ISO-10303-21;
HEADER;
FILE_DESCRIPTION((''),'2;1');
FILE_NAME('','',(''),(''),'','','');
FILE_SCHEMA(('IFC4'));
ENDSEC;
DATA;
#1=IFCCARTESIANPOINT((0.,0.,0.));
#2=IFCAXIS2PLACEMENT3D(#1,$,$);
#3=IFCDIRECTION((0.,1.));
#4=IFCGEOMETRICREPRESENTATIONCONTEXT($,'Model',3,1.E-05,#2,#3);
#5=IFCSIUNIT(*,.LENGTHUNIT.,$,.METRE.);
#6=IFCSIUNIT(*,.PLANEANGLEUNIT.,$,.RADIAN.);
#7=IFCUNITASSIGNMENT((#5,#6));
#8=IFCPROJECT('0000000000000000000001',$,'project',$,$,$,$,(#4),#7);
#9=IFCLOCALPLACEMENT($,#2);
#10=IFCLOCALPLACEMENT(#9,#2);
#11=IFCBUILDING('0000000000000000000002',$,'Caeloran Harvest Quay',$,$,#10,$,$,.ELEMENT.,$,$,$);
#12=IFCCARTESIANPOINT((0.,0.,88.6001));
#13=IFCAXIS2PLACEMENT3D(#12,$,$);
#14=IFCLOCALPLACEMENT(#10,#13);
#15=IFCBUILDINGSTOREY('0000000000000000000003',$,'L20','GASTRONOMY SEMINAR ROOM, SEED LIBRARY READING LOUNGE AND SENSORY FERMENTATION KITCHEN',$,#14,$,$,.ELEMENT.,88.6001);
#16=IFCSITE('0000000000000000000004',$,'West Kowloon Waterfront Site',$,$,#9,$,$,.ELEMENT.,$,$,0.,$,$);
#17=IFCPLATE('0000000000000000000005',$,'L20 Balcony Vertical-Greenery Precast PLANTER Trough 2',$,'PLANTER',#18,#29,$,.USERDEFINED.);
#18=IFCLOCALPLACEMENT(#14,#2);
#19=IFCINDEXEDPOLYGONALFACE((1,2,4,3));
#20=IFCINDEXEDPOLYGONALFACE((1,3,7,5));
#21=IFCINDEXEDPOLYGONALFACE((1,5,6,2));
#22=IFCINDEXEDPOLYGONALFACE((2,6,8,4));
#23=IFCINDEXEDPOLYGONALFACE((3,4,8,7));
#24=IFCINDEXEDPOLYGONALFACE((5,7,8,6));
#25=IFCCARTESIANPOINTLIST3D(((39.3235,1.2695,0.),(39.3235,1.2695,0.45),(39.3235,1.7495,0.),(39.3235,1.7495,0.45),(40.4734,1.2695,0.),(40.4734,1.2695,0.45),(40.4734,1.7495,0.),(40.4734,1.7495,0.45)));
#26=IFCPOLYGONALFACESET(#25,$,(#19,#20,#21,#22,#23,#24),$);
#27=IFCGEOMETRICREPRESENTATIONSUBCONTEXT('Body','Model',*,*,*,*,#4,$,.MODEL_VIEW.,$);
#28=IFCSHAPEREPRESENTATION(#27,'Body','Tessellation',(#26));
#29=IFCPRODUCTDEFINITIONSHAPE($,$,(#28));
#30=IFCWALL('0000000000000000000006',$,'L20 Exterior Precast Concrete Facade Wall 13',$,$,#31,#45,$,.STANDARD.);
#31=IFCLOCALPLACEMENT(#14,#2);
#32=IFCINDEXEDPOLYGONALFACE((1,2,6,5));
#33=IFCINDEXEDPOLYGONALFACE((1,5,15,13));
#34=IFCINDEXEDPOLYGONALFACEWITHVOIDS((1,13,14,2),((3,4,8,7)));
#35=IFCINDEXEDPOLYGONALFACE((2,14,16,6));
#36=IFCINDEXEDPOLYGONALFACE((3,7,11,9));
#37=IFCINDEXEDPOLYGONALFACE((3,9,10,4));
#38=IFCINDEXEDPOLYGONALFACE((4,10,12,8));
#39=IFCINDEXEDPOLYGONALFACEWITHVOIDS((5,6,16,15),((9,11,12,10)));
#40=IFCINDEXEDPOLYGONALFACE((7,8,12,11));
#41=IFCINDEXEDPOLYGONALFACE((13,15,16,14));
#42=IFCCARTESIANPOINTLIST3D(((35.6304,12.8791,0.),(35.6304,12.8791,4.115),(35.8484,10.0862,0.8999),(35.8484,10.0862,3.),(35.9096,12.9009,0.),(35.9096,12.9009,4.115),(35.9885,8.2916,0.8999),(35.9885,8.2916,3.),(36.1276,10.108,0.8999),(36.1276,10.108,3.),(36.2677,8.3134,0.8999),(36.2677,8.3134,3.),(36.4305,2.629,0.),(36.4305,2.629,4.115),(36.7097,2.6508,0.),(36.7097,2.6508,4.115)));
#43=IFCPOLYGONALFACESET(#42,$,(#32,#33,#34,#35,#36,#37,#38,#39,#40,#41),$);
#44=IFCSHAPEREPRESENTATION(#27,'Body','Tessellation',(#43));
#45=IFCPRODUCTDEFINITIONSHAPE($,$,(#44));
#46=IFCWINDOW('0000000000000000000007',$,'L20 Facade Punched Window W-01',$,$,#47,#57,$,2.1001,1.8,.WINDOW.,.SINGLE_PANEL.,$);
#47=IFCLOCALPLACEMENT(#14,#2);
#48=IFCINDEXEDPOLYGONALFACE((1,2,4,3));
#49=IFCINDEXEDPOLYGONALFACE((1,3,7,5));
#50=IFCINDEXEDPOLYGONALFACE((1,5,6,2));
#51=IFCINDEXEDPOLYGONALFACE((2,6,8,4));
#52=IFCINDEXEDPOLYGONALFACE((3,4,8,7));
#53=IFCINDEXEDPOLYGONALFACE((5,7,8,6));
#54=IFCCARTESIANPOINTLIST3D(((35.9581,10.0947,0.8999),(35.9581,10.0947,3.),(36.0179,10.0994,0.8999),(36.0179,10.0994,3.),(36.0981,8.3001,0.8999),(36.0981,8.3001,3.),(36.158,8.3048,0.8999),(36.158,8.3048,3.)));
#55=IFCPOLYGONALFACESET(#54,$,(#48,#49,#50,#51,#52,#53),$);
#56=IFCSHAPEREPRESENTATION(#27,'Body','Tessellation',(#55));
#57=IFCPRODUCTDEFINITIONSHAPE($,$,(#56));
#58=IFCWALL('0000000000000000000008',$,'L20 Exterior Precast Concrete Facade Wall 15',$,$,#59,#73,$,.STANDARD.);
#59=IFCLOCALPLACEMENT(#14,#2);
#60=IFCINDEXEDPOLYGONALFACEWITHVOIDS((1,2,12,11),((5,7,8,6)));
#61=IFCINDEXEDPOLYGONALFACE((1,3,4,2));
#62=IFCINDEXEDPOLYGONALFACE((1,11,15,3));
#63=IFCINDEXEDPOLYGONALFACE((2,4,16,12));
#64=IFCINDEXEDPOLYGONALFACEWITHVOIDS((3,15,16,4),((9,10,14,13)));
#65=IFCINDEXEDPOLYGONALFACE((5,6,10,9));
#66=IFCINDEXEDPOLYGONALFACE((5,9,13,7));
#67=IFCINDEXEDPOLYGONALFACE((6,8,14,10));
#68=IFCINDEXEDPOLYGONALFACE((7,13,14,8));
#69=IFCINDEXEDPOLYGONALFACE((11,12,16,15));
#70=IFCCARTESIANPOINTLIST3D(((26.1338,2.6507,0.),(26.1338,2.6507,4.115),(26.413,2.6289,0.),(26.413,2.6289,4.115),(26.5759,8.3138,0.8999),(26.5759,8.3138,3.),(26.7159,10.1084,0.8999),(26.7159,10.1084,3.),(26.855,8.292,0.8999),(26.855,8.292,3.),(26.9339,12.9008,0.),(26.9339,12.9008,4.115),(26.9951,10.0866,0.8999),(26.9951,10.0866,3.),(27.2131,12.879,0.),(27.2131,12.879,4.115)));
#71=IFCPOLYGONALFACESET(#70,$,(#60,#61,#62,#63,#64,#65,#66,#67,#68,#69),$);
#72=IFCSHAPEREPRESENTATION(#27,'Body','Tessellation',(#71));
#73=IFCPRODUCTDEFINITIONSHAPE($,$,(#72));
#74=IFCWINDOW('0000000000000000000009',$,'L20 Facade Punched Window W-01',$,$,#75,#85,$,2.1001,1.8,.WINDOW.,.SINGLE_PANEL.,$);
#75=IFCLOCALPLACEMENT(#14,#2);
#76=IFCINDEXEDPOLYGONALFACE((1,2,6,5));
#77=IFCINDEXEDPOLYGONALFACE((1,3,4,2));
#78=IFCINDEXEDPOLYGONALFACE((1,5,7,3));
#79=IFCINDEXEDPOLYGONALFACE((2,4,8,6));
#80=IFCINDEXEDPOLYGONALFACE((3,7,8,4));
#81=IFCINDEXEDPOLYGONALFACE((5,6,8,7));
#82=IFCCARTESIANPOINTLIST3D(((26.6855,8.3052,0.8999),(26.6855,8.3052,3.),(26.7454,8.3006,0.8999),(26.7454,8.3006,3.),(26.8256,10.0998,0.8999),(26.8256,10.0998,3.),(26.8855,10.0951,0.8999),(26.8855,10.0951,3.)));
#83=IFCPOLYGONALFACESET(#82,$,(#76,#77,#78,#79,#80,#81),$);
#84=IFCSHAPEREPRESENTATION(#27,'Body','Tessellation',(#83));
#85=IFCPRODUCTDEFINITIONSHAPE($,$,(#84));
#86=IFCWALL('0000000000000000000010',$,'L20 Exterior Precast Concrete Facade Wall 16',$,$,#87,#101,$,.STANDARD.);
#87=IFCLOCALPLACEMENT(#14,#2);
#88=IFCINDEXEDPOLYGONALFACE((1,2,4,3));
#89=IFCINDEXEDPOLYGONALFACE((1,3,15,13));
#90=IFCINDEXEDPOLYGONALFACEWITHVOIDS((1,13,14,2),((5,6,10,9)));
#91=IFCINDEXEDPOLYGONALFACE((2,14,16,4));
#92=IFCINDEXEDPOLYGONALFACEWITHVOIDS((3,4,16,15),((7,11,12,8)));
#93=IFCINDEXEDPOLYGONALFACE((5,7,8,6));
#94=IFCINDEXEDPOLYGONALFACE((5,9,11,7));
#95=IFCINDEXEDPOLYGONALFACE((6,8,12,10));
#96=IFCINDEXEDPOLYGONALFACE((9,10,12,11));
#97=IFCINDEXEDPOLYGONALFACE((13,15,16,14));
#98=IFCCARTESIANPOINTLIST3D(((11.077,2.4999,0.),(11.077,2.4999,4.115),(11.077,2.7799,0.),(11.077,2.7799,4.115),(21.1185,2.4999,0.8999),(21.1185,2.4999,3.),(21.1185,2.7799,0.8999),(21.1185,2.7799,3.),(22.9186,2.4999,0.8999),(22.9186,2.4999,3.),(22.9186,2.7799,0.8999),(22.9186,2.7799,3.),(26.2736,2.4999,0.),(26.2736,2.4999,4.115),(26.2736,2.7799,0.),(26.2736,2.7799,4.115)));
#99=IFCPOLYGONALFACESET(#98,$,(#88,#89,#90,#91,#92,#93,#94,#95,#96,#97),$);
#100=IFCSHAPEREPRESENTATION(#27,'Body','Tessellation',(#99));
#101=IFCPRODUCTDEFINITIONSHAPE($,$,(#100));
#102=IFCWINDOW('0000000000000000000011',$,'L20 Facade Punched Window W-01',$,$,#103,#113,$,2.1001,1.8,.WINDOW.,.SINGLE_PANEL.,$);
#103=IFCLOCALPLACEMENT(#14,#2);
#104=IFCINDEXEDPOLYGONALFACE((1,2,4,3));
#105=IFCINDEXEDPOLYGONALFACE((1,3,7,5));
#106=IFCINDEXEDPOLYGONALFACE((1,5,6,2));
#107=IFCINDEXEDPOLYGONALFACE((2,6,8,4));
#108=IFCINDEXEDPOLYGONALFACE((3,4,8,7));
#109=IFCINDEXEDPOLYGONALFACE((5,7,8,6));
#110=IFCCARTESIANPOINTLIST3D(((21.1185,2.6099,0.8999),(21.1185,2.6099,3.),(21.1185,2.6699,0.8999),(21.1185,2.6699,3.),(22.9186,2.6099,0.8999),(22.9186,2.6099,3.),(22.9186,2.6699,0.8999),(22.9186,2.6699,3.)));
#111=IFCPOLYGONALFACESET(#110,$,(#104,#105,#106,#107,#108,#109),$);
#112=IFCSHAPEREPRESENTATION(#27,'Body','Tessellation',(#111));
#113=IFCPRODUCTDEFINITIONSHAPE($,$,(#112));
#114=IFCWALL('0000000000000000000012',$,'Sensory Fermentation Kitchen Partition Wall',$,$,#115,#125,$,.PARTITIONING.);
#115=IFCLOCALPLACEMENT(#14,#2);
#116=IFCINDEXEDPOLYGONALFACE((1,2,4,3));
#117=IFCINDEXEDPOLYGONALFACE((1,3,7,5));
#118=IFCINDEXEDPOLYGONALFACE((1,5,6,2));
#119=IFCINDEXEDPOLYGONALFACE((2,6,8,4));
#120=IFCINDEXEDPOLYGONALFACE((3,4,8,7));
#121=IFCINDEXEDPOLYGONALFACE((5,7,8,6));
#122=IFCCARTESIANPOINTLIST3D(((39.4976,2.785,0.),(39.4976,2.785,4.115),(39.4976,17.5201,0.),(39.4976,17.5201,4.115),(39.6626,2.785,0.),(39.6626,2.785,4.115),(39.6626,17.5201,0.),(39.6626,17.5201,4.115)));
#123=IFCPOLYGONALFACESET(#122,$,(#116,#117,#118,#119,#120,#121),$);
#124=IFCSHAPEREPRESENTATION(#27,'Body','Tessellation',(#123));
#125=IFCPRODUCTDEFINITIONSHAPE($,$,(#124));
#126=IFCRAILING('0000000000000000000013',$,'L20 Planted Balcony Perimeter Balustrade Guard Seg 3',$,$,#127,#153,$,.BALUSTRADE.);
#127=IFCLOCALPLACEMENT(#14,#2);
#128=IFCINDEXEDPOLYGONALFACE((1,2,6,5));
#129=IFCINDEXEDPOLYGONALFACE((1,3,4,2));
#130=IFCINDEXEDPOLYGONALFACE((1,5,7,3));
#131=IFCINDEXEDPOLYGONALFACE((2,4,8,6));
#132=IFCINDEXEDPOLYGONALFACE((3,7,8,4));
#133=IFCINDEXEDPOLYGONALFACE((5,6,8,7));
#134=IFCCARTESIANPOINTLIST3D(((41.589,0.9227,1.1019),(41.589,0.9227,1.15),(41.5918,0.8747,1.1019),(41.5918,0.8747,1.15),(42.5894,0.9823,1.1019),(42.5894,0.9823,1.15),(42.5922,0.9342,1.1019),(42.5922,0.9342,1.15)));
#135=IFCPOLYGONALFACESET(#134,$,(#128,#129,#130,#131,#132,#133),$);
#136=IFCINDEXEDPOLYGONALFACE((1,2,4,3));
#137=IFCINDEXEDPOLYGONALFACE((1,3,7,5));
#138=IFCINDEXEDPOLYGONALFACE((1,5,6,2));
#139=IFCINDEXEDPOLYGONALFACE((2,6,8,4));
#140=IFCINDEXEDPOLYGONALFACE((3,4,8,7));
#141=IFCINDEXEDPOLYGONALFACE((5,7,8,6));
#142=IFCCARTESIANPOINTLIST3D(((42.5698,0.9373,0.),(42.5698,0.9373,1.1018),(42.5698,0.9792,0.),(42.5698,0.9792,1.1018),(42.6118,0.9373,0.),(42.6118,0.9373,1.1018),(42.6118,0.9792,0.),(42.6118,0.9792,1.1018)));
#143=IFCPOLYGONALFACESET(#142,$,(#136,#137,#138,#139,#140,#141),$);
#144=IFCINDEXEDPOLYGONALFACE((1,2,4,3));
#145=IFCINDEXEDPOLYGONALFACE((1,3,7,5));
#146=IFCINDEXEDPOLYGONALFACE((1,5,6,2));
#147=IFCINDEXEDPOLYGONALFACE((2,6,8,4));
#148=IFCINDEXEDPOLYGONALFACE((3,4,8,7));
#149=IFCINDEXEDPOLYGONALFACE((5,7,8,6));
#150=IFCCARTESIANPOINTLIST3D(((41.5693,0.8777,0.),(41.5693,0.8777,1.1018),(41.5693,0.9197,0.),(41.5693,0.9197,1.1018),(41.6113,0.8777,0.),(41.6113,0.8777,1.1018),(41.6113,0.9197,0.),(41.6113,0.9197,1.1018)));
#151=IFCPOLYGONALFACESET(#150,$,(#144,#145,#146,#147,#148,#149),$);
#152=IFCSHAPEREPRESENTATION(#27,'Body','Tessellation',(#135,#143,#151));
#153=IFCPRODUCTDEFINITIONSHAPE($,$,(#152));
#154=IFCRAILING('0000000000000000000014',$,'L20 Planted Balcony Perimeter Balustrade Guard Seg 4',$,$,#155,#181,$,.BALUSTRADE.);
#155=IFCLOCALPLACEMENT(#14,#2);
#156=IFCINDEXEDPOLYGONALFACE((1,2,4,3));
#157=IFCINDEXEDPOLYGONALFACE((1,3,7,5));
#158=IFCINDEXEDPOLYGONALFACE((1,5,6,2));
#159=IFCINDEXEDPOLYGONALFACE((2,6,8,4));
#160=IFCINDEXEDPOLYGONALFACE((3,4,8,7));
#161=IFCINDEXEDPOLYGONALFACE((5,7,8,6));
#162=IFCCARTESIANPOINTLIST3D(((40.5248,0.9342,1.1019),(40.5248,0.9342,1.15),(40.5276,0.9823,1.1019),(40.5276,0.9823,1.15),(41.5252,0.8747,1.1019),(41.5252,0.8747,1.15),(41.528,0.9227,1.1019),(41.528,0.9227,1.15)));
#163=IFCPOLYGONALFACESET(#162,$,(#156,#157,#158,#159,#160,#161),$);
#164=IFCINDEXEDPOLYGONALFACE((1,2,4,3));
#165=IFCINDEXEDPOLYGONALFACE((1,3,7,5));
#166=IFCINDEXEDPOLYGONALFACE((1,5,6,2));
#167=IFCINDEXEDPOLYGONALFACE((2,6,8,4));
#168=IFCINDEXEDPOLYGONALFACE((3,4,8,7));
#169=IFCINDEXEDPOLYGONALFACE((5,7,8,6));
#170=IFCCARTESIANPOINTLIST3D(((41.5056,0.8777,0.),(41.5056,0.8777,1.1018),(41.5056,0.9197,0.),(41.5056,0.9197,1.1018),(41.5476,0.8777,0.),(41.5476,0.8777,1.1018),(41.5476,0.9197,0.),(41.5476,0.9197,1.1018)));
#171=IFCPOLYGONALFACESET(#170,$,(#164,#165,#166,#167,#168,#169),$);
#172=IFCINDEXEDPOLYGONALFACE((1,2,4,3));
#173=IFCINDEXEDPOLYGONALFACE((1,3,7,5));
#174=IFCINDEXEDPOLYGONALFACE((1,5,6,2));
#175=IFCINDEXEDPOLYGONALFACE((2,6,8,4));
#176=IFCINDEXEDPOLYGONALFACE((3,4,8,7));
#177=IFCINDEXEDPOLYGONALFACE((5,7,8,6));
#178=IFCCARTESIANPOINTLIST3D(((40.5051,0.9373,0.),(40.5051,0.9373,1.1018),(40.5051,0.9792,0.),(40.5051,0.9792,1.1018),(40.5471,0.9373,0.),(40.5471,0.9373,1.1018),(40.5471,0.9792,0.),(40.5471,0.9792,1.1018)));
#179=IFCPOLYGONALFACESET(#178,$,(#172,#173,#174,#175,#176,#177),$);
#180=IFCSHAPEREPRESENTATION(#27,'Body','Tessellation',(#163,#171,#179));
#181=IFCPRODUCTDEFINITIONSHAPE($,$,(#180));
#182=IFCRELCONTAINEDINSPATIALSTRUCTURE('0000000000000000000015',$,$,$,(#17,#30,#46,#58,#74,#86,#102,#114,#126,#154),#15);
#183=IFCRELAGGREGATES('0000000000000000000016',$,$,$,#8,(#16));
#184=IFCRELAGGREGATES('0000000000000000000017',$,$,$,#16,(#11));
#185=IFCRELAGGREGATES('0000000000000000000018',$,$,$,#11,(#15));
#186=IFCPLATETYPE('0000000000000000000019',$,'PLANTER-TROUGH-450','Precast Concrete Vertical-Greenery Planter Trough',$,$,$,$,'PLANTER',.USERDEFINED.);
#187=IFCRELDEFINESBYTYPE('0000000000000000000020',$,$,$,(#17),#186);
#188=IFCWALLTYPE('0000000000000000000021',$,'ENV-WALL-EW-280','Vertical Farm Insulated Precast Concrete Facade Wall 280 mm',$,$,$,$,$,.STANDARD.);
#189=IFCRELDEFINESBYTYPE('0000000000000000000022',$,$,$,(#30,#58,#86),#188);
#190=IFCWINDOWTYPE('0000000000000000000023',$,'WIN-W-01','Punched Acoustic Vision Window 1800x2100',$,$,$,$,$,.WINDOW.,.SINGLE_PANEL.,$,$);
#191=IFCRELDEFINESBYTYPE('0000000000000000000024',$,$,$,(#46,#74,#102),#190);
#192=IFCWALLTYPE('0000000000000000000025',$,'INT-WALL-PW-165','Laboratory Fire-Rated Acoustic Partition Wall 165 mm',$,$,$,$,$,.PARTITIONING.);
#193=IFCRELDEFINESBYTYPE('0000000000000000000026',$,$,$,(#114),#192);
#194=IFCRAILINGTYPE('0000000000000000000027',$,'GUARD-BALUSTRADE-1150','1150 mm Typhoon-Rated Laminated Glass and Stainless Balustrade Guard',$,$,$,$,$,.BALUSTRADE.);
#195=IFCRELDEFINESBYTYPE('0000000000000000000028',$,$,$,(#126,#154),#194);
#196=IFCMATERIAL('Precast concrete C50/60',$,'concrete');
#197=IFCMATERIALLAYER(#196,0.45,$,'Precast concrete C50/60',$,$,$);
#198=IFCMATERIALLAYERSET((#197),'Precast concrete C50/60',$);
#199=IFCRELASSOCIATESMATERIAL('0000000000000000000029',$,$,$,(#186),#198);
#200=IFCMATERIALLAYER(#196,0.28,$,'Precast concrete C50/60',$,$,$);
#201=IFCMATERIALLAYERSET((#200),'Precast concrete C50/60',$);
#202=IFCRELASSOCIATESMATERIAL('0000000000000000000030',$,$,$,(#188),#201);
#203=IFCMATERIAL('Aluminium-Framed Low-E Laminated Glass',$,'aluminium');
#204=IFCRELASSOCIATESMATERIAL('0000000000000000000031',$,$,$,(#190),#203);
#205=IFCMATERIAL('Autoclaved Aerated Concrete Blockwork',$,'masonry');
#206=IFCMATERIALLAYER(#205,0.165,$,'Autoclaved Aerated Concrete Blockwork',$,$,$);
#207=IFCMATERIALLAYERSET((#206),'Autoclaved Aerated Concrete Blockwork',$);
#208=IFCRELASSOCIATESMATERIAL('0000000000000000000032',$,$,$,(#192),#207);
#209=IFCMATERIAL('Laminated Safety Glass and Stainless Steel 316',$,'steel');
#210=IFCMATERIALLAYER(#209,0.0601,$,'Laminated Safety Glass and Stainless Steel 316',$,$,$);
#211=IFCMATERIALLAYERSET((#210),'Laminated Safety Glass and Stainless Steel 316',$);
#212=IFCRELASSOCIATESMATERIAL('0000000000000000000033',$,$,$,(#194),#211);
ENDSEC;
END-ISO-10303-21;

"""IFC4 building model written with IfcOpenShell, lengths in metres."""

from ifc_helpers import new_model, si_unit, direction, frame, frame_2d, origin, origin_2d, place, context, subcontext, project, spatial, rectangle, extrude, material, layer, layer_set, type_object, element, fill, save


model = new_model("IFC4")

# Units and contexts
model_context = context("Model", 3, precision=1e-05, world=origin(), true_north=direction((0.0, 1.0)))
body_context = subcontext(model_context, "Body", "Model", "MODEL_VIEW")
ifc_project = project(units=[si_unit("LENGTHUNIT", "METRE"), si_unit("PLANEANGLEUNIT", "RADIAN")], contexts=[model_context])

# Site, building, storey
site_placement = place(None, origin())
site = spatial("IfcSite", under=ifc_project, at=site_placement, Name="West Kowloon Waterfront Site", CompositionType="ELEMENT", RefElevation=0.0)
building_placement = place(site_placement, origin())
building = spatial("IfcBuilding", under=site, at=building_placement, Name="Caeloran Harvest Quay", CompositionType="ELEMENT")
storey_placement = place(building_placement, frame((0.0, 0.0, 88.6001)))
storey = spatial("IfcBuildingStorey", under=building, at=storey_placement, Name="L20", Description="GASTRONOMY SEMINAR ROOM, SEED LIBRARY READING LOUNGE AND SENSORY FERMENTATION KITCHEN", CompositionType="ELEMENT", Elevation=88.6001)

# Plate
ifc_material_1 = material(Name="Precast concrete C50/60", Category="concrete")
ifc_layer_1 = layer(ifc_material_1, 0.45, Name="Precast concrete C50/60")
ifc_layer_set_1 = layer_set([ifc_layer_1], Name="Precast concrete C50/60")
plate_type = type_object("IfcPlateType", Name="PLANTER-TROUGH-450", Description="Precast Concrete Vertical-Greenery Planter Trough", ElementType="PLANTER", PredefinedType="USERDEFINED", material=ifc_layer_set_1)
plate_placement = place(storey_placement, frame((39.8984, 1.5095, 0.0), z_axis=(0.0, 0.0, 1.0), x_axis=(1.0, 0.0, 0.0)))
element("IfcPlate", 1, at=plate_placement, inside=storey, type_object=plate_type, Name="L20 Balcony Vertical-Greenery Precast PLANTER Trough 2", ObjectType="PLANTER", PredefinedType="USERDEFINED", context=body_context, shape_type="SweptSolid", body=[
    extrude(rectangle(XDim=1.1499, YDim=0.48, at=origin_2d()), origin(), (0.0, 0.0, 1.0), 0.45),
])

# Walls, openings, windows
ifc_layer_2 = layer(ifc_material_1, 0.28, Name="Precast concrete C50/60")
ifc_layer_set_2 = layer_set([ifc_layer_2], Name="Precast concrete C50/60")
wall_type_1 = type_object("IfcWallType", Name="ENV-WALL-EW-280", Description="Vertical Farm Insulated Precast Concrete Facade Wall 280 mm", PredefinedType="STANDARD", material=ifc_layer_set_2)
wall_1_placement = place(storey_placement, frame((36.5701, 2.6399, 0.0), z_axis=(0.0, 0.0, 1.0), x_axis=(-0.077817, 0.996968, 0.0)))
wall_1 = element("IfcWall", 2, at=wall_1_placement, inside=storey, type_object=wall_type_1, Name="L20 Exterior Precast Concrete Facade Wall 13", PredefinedType="STANDARD", context=body_context, shape_type="SweptSolid", body=[
    extrude(rectangle(XDim=10.2812, YDim=0.28, at=frame_2d((5.1406, 0.0))), origin(), (0.0, 0.0, 1.0), 4.115),
])
opening_1_placement = place(wall_1_placement, frame((5.6799, 0.0, 0.8999)))
opening_1 = element("IfcOpeningElement", 3, at=opening_1_placement, cuts=wall_1, PredefinedType="OPENING", context=body_context, shape_type="SweptSolid", body=[
    extrude(rectangle(XDim=1.8, YDim=2.1001, at=frame_2d((0.8999, 1.05))), frame((0.0, 0.1499, 0.0), z_axis=(0.0, -1.0, 0.0), x_axis=(1.0, 0.0, 0.0)), (0.0, 0.0, 1.0), 0.3),
])
ifc_material_2 = material(Name="Aluminium-Framed Low-E Laminated Glass", Category="aluminium")
window_type = type_object("IfcWindowType", Name="WIN-W-01", Description="Punched Acoustic Vision Window 1800x2100", PartitioningType="SINGLE_PANEL", PredefinedType="WINDOW", material=ifc_material_2)
window_1_placement = place(opening_1_placement, origin())
window_1 = element("IfcWindow", 4, at=window_1_placement, inside=storey, type_object=window_type, Name="L20 Facade Punched Window W-01", OverallHeight=2.1001, OverallWidth=1.8, PartitioningType="SINGLE_PANEL", PredefinedType="WINDOW", context=body_context, shape_type="SweptSolid", body=[
    extrude(rectangle(XDim=1.8, YDim=2.1001, at=frame_2d((0.8999, 1.05))), frame((0.0, 0.03, 0.0), z_axis=(0.0, -1.0, 0.0), x_axis=(1.0, 0.0, 0.0)), (0.0, 0.0, 1.0), 0.0601),
])
fill(opening_1, window_1)
wall_2_placement = place(storey_placement, frame((27.0735, 12.8899, 0.0), z_axis=(0.0, 0.0, 1.0), x_axis=(-0.077817, -0.996968, 0.0)))
wall_2 = element("IfcWall", 5, at=wall_2_placement, inside=storey, type_object=wall_type_1, Name="L20 Exterior Precast Concrete Facade Wall 15", PredefinedType="STANDARD", context=body_context, shape_type="SweptSolid", body=[
    extrude(rectangle(XDim=10.2812, YDim=0.28, at=frame_2d((5.1406, 0.0))), origin(), (0.0, 0.0, 1.0), 4.115),
])
opening_2_placement = place(wall_2_placement, frame((2.801, 0.0, 0.8999)))
opening_2 = element("IfcOpeningElement", 6, at=opening_2_placement, cuts=wall_2, PredefinedType="OPENING", context=body_context, shape_type="SweptSolid", body=[
    extrude(rectangle(XDim=1.8, YDim=2.1001, at=frame_2d((0.8999, 1.05))), frame((0.0, 0.1499, 0.0), z_axis=(0.0, -1.0, 0.0), x_axis=(1.0, 0.0, 0.0)), (0.0, 0.0, 1.0), 0.3),
])
window_2_placement = place(opening_2_placement, origin())
window_2 = element("IfcWindow", 7, at=window_2_placement, inside=storey, type_object=window_type, Name="L20 Facade Punched Window W-01", OverallHeight=2.1001, OverallWidth=1.8, PartitioningType="SINGLE_PANEL", PredefinedType="WINDOW", context=body_context, shape_type="SweptSolid", body=[
    extrude(rectangle(XDim=1.8, YDim=2.1001, at=frame_2d((0.8999, 1.05))), frame((0.0, 0.03, 0.0), z_axis=(0.0, -1.0, 0.0), x_axis=(1.0, 0.0, 0.0)), (0.0, 0.0, 1.0), 0.0601),
])
fill(opening_2, window_2)
wall_3_placement = place(storey_placement, frame((26.2734, 2.6399, 0.0), z_axis=(0.0, 0.0, 1.0), x_axis=(-1.0, 0.0, 0.0)))
wall_3 = element("IfcWall", 8, at=wall_3_placement, inside=storey, type_object=wall_type_1, Name="L20 Exterior Precast Concrete Facade Wall 16", PredefinedType="STANDARD", context=body_context, shape_type="SweptSolid", body=[
    extrude(rectangle(XDim=15.1965, YDim=0.28, at=frame_2d((7.5981, 0.0))), origin(), (0.0, 0.0, 1.0), 4.115),
])
opening_3_placement = place(wall_3_placement, frame((3.355, 0.0, 0.8999)))
opening_3 = element("IfcOpeningElement", 9, at=opening_3_placement, cuts=wall_3, PredefinedType="OPENING", context=body_context, shape_type="SweptSolid", body=[
    extrude(rectangle(XDim=1.8, YDim=2.1001, at=frame_2d((0.8999, 1.05))), frame((0.0, 0.1499, 0.0), z_axis=(0.0, -1.0, 0.0), x_axis=(1.0, 0.0, 0.0)), (0.0, 0.0, 1.0), 0.3),
])
window_3_placement = place(opening_3_placement, origin())
window_3 = element("IfcWindow", 10, at=window_3_placement, inside=storey, type_object=window_type, Name="L20 Facade Punched Window W-01", OverallHeight=2.1001, OverallWidth=1.8, PartitioningType="SINGLE_PANEL", PredefinedType="WINDOW", context=body_context, shape_type="SweptSolid", body=[
    extrude(rectangle(XDim=1.8, YDim=2.1001, at=frame_2d((0.8999, 1.05))), frame((0.0, 0.03, 0.0), z_axis=(0.0, -1.0, 0.0), x_axis=(1.0, 0.0, 0.0)), (0.0, 0.0, 1.0), 0.0601),
])
fill(opening_3, window_3)

# Wall
ifc_material_3 = material(Name="Autoclaved Aerated Concrete Blockwork", Category="masonry")
ifc_layer_3 = layer(ifc_material_3, 0.165, Name="Autoclaved Aerated Concrete Blockwork")
ifc_layer_set_3 = layer_set([ifc_layer_3], Name="Autoclaved Aerated Concrete Blockwork")
wall_type_2 = type_object("IfcWallType", Name="INT-WALL-PW-165", Description="Laboratory Fire-Rated Acoustic Partition Wall 165 mm", PredefinedType="PARTITIONING", material=ifc_layer_set_3)
wall_4_placement = place(storey_placement, frame((39.5801, 2.7849, 0.0), z_axis=(0.0, 0.0, 1.0), x_axis=(0.0, 1.0, 0.0)))
element("IfcWall", 11, at=wall_4_placement, inside=storey, type_object=wall_type_2, Name="Sensory Fermentation Kitchen Partition Wall", PredefinedType="PARTITIONING", context=body_context, shape_type="SweptSolid", body=[
    extrude(rectangle(XDim=14.7351, YDim=0.165, at=frame_2d((7.3677, 0.0))), origin(), (0.0, 0.0, 1.0), 4.115),
])

# Railings
ifc_material_4 = material(Name="Laminated Safety Glass and Stainless Steel 316", Category="steel")
ifc_layer_4 = layer(ifc_material_4, 0.0601, Name="Laminated Safety Glass and Stainless Steel 316")
ifc_layer_set_4 = layer_set([ifc_layer_4], Name="Laminated Safety Glass and Stainless Steel 316")
railing_type = type_object("IfcRailingType", Name="GUARD-BALUSTRADE-1150", Description="1150 mm Typhoon-Rated Laminated Glass and Stainless Balustrade Guard", PredefinedType="BALUSTRADE", material=ifc_layer_set_4)
railing_1_placement = place(storey_placement, frame((42.5908, 0.9583, 0.0)))
element("IfcRailing", 12, at=railing_1_placement, inside=storey, type_object=railing_type, Name="L20 Planted Balcony Perimeter Balustrade Guard Seg 3", PredefinedType="BALUSTRADE", context=body_context, shape_type="SweptSolid", body=[
    extrude(rectangle(XDim=0.0481, YDim=0.0481, at=origin_2d()), frame((0.0, 0.0, 1.126), z_axis=(-0.998232, -0.059436, 0.0), x_axis=(0.059436, -0.998232, 0.0)), (0.0, 0.0, 1.0), 1.0022),
    extrude(rectangle(XDim=0.042, YDim=0.042, at=origin_2d()), origin(), (0.0, 0.0, 1.0), 1.1018),
    extrude(rectangle(XDim=0.042, YDim=0.042, at=origin_2d()), frame((-1.0005, -0.0596, 0.0)), (0.0, 0.0, 1.0), 1.1018),
])
railing_2_placement = place(storey_placement, frame((41.5266, 0.8987, 0.0)))
element("IfcRailing", 13, at=railing_2_placement, inside=storey, type_object=railing_type, Name="L20 Planted Balcony Perimeter Balustrade Guard Seg 4", PredefinedType="BALUSTRADE", context=body_context, shape_type="SweptSolid", body=[
    extrude(rectangle(XDim=0.0481, YDim=0.0481, at=origin_2d()), frame((0.0, 0.0, 1.126), z_axis=(-0.998232, 0.059436, 0.0), x_axis=(-0.059436, -0.998232, 0.0)), (0.0, 0.0, 1.0), 1.0022),
    extrude(rectangle(XDim=0.042, YDim=0.042, at=origin_2d()), origin(), (0.0, 0.0, 1.0), 1.1018),
    extrude(rectangle(XDim=0.042, YDim=0.042, at=origin_2d()), frame((-1.0005, 0.0596, 0.0)), (0.0, 0.0, 1.0), 1.1018),
])

save(model, "model.ifc")
